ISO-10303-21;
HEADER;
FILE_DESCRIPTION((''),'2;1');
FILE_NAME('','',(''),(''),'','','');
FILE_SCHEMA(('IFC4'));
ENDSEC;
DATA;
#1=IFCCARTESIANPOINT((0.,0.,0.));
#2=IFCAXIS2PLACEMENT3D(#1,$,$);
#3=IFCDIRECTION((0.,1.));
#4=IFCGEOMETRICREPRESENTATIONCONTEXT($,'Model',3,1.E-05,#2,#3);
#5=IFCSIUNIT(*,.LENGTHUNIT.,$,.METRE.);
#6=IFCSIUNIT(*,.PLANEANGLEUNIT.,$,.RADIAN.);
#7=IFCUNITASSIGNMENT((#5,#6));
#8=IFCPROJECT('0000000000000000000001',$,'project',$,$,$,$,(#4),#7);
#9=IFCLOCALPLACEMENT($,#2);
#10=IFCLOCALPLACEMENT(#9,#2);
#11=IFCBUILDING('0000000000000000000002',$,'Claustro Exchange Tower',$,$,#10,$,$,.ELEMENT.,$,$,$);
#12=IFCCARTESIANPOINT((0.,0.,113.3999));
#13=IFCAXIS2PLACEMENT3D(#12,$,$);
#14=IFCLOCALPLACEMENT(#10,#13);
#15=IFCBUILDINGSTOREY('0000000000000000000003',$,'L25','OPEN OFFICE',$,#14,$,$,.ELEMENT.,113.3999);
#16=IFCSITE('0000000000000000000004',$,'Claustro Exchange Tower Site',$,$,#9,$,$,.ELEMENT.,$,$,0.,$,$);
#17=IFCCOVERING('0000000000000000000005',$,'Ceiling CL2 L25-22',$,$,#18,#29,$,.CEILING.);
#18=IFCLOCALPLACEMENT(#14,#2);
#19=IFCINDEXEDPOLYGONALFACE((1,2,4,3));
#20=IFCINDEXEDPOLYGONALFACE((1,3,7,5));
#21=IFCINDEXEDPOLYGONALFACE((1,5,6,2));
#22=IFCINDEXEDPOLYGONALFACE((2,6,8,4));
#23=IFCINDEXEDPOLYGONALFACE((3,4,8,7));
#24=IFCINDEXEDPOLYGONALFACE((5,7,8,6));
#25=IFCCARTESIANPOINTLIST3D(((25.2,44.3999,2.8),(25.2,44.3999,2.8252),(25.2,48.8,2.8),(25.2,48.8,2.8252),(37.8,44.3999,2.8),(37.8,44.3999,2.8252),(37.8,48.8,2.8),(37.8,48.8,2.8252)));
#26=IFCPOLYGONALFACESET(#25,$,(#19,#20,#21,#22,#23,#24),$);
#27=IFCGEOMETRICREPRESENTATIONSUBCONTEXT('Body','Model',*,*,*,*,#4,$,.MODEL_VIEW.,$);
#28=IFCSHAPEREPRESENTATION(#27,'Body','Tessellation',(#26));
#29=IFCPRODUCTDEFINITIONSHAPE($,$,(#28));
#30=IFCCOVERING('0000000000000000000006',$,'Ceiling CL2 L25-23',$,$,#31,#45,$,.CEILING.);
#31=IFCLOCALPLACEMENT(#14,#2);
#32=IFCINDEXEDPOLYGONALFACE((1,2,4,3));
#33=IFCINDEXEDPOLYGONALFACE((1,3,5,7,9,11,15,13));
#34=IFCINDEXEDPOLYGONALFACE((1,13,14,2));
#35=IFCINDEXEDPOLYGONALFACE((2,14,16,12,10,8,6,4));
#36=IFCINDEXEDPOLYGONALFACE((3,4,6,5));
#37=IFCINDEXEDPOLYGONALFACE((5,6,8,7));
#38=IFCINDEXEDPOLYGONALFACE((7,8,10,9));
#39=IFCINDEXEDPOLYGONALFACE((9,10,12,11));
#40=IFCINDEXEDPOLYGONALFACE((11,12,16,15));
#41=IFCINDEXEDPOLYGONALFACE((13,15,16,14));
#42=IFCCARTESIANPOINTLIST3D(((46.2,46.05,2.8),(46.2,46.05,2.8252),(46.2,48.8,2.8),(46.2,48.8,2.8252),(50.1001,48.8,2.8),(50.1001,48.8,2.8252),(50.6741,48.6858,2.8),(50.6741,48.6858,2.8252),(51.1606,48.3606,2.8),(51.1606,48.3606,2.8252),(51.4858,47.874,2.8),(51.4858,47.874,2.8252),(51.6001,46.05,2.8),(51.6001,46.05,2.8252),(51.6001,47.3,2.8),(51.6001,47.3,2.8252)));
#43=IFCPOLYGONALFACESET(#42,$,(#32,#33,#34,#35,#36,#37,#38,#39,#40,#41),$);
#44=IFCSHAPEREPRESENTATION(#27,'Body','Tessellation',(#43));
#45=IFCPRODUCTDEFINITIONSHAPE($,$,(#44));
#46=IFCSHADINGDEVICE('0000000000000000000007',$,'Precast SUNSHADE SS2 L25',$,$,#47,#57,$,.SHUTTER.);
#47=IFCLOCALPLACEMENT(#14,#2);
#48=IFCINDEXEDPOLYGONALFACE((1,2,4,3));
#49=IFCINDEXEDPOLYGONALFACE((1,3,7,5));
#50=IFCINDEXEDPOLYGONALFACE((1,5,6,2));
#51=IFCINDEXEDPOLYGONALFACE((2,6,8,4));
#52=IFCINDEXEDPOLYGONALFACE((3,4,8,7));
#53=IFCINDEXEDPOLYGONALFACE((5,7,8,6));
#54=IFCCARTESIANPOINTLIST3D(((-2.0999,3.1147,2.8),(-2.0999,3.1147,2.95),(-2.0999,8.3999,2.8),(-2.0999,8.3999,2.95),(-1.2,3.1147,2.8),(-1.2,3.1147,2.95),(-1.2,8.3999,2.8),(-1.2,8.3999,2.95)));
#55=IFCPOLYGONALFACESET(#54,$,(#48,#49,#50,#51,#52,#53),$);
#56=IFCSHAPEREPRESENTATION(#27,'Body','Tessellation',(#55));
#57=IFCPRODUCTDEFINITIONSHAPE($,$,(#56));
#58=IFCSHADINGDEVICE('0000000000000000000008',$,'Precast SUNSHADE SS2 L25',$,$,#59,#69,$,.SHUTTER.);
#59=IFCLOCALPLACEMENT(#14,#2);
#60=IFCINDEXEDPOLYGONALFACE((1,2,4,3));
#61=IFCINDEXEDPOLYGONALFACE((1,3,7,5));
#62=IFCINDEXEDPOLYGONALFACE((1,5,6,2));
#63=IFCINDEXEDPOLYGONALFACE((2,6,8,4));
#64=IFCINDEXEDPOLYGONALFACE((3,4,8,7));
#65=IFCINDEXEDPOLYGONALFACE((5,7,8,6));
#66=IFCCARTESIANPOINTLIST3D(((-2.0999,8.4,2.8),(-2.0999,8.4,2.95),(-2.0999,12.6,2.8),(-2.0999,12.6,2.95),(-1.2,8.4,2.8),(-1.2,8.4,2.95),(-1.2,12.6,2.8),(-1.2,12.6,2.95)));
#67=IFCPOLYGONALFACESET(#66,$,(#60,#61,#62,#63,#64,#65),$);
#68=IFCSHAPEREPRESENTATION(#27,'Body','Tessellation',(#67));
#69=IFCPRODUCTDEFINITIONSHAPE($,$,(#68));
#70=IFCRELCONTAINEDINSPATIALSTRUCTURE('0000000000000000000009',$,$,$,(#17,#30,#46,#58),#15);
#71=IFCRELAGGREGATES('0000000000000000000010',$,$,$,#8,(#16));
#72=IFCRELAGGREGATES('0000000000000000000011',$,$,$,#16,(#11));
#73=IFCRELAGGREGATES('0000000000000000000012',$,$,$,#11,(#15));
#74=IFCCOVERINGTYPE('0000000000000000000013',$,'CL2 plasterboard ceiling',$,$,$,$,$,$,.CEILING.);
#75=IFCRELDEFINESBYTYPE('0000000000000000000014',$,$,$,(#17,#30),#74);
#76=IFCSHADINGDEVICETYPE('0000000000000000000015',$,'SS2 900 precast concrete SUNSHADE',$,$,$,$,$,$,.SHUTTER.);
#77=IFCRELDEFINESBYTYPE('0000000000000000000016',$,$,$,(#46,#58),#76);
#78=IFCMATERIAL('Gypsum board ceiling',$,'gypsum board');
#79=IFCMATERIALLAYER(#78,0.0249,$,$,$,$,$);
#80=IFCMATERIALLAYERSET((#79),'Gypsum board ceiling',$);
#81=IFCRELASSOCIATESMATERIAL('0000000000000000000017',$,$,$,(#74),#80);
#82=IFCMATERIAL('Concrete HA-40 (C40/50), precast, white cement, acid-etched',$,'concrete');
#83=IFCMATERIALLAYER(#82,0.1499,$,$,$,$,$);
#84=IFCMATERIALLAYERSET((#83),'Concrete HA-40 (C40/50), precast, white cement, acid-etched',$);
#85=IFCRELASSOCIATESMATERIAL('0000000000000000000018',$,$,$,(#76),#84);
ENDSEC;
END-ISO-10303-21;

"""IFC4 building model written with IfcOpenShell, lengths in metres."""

from ifc_helpers import new_model, si_unit, direction, frame, origin, origin_2d, place, context, subcontext, project, spatial, polyline, rectangle, outline, extrude, material, layer, layer_set, type_object, element, save


model = new_model("IFC4")

# Units and contexts
model_context = context("Model", 3, precision=1e-05, world=origin(), true_north=direction((0.0, 1.0)))
body_context = subcontext(model_context, "Body", "Model", "MODEL_VIEW")
ifc_project = project(units=[si_unit("LENGTHUNIT", "METRE"), si_unit("PLANEANGLEUNIT", "RADIAN")], contexts=[model_context])

# Site, building, storey
site_placement = place(None, origin())
site = spatial("IfcSite", under=ifc_project, at=site_placement, Name="Claustro Exchange Tower Site", CompositionType="ELEMENT", RefElevation=0.0)
building_placement = place(site_placement, origin())
building = spatial("IfcBuilding", under=site, at=building_placement, Name="Claustro Exchange Tower", CompositionType="ELEMENT")
storey_placement = place(building_placement, frame((0.0, 0.0, 113.3999)))
storey = spatial("IfcBuildingStorey", under=building, at=storey_placement, Name="L25", Description="OPEN OFFICE", CompositionType="ELEMENT", Elevation=113.3999)

# Coverings
ifc_material_1 = material(Name="Gypsum board ceiling", Category="gypsum board")
ifc_layer_1 = layer(ifc_material_1, 0.0249)
ifc_layer_set_1 = layer_set([ifc_layer_1], Name="Gypsum board ceiling")
covering_type_1 = type_object("IfcCoveringType", Name="CL2 plasterboard ceiling", PredefinedType="CEILING", material=ifc_layer_set_1)
covering_1_placement = place(storey_placement, frame((0.0, 0.0, 2.8)))
element("IfcCovering", 1, at=covering_1_placement, inside=storey, type_object=covering_type_1, Name="Ceiling CL2 L25-22", PredefinedType="CEILING", context=body_context, shape_type="SweptSolid", body=[
    extrude(outline(polyline([(37.8, 48.8), (25.2, 48.8), (25.2, 44.3999), (37.8, 44.3999), (37.8, 48.8)])), origin(), (0.0, 0.0, 1.0), 0.0251),
])
covering_2_placement = place(storey_placement, frame((0.0, 0.0, 2.8)))
element("IfcCovering", 2, at=covering_2_placement, inside=storey, type_object=covering_type_1, Name="Ceiling CL2 L25-23", PredefinedType="CEILING", context=body_context, shape_type="SweptSolid", body=[
    extrude(outline(polyline([(50.1001, 48.8), (46.2, 48.8), (46.2, 46.05), (51.6001, 46.05), (51.6001, 47.3), (51.4858, 47.874), (51.1606, 48.3606), (50.6741, 48.6858), (50.1001, 48.8)])), origin(), (0.0, 0.0, 1.0), 0.0251),
])

# Shading devices
ifc_material_2 = material(Name="Concrete HA-40 (C40/50), precast, white cement, acid-etched", Category="concrete")
ifc_layer_2 = layer(ifc_material_2, 0.1499)
ifc_layer_set_2 = layer_set([ifc_layer_2], Name="Concrete HA-40 (C40/50), precast, white cement, acid-etched")
shading_device_type = type_object("IfcShadingDeviceType", Name="SS2 900 precast concrete SUNSHADE", PredefinedType="SHUTTER", material=ifc_layer_set_2)
shading_device_1_placement = place(storey_placement, frame((-1.6499, 5.7573, 2.8), z_axis=(0.0, 0.0, 1.0), x_axis=(0.0, 1.0, 0.0)))
element("IfcShadingDevice", 3, at=shading_device_1_placement, inside=storey, type_object=shading_device_type, Name="Precast SUNSHADE SS2 L25", PredefinedType="SHUTTER", context=body_context, shape_type="SweptSolid", body=[
    extrude(rectangle(XDim=5.2852, YDim=0.8999, at=origin_2d()), origin(), (0.0, 0.0, 1.0), 0.1499),
])
shading_device_2_placement = place(storey_placement, frame((-1.6499, 10.5, 2.8), z_axis=(0.0, 0.0, 1.0), x_axis=(0.0, 1.0, 0.0)))
element("IfcShadingDevice", 4, at=shading_device_2_placement, inside=storey, type_object=shading_device_type, Name="Precast SUNSHADE SS2 L25", PredefinedType="SHUTTER", context=body_context, shape_type="SweptSolid", body=[
    extrude(rectangle(XDim=4.2, YDim=0.8999, at=origin_2d()), origin(), (0.0, 0.0, 1.0), 0.1499),
])

save(model, "model.ifc")
